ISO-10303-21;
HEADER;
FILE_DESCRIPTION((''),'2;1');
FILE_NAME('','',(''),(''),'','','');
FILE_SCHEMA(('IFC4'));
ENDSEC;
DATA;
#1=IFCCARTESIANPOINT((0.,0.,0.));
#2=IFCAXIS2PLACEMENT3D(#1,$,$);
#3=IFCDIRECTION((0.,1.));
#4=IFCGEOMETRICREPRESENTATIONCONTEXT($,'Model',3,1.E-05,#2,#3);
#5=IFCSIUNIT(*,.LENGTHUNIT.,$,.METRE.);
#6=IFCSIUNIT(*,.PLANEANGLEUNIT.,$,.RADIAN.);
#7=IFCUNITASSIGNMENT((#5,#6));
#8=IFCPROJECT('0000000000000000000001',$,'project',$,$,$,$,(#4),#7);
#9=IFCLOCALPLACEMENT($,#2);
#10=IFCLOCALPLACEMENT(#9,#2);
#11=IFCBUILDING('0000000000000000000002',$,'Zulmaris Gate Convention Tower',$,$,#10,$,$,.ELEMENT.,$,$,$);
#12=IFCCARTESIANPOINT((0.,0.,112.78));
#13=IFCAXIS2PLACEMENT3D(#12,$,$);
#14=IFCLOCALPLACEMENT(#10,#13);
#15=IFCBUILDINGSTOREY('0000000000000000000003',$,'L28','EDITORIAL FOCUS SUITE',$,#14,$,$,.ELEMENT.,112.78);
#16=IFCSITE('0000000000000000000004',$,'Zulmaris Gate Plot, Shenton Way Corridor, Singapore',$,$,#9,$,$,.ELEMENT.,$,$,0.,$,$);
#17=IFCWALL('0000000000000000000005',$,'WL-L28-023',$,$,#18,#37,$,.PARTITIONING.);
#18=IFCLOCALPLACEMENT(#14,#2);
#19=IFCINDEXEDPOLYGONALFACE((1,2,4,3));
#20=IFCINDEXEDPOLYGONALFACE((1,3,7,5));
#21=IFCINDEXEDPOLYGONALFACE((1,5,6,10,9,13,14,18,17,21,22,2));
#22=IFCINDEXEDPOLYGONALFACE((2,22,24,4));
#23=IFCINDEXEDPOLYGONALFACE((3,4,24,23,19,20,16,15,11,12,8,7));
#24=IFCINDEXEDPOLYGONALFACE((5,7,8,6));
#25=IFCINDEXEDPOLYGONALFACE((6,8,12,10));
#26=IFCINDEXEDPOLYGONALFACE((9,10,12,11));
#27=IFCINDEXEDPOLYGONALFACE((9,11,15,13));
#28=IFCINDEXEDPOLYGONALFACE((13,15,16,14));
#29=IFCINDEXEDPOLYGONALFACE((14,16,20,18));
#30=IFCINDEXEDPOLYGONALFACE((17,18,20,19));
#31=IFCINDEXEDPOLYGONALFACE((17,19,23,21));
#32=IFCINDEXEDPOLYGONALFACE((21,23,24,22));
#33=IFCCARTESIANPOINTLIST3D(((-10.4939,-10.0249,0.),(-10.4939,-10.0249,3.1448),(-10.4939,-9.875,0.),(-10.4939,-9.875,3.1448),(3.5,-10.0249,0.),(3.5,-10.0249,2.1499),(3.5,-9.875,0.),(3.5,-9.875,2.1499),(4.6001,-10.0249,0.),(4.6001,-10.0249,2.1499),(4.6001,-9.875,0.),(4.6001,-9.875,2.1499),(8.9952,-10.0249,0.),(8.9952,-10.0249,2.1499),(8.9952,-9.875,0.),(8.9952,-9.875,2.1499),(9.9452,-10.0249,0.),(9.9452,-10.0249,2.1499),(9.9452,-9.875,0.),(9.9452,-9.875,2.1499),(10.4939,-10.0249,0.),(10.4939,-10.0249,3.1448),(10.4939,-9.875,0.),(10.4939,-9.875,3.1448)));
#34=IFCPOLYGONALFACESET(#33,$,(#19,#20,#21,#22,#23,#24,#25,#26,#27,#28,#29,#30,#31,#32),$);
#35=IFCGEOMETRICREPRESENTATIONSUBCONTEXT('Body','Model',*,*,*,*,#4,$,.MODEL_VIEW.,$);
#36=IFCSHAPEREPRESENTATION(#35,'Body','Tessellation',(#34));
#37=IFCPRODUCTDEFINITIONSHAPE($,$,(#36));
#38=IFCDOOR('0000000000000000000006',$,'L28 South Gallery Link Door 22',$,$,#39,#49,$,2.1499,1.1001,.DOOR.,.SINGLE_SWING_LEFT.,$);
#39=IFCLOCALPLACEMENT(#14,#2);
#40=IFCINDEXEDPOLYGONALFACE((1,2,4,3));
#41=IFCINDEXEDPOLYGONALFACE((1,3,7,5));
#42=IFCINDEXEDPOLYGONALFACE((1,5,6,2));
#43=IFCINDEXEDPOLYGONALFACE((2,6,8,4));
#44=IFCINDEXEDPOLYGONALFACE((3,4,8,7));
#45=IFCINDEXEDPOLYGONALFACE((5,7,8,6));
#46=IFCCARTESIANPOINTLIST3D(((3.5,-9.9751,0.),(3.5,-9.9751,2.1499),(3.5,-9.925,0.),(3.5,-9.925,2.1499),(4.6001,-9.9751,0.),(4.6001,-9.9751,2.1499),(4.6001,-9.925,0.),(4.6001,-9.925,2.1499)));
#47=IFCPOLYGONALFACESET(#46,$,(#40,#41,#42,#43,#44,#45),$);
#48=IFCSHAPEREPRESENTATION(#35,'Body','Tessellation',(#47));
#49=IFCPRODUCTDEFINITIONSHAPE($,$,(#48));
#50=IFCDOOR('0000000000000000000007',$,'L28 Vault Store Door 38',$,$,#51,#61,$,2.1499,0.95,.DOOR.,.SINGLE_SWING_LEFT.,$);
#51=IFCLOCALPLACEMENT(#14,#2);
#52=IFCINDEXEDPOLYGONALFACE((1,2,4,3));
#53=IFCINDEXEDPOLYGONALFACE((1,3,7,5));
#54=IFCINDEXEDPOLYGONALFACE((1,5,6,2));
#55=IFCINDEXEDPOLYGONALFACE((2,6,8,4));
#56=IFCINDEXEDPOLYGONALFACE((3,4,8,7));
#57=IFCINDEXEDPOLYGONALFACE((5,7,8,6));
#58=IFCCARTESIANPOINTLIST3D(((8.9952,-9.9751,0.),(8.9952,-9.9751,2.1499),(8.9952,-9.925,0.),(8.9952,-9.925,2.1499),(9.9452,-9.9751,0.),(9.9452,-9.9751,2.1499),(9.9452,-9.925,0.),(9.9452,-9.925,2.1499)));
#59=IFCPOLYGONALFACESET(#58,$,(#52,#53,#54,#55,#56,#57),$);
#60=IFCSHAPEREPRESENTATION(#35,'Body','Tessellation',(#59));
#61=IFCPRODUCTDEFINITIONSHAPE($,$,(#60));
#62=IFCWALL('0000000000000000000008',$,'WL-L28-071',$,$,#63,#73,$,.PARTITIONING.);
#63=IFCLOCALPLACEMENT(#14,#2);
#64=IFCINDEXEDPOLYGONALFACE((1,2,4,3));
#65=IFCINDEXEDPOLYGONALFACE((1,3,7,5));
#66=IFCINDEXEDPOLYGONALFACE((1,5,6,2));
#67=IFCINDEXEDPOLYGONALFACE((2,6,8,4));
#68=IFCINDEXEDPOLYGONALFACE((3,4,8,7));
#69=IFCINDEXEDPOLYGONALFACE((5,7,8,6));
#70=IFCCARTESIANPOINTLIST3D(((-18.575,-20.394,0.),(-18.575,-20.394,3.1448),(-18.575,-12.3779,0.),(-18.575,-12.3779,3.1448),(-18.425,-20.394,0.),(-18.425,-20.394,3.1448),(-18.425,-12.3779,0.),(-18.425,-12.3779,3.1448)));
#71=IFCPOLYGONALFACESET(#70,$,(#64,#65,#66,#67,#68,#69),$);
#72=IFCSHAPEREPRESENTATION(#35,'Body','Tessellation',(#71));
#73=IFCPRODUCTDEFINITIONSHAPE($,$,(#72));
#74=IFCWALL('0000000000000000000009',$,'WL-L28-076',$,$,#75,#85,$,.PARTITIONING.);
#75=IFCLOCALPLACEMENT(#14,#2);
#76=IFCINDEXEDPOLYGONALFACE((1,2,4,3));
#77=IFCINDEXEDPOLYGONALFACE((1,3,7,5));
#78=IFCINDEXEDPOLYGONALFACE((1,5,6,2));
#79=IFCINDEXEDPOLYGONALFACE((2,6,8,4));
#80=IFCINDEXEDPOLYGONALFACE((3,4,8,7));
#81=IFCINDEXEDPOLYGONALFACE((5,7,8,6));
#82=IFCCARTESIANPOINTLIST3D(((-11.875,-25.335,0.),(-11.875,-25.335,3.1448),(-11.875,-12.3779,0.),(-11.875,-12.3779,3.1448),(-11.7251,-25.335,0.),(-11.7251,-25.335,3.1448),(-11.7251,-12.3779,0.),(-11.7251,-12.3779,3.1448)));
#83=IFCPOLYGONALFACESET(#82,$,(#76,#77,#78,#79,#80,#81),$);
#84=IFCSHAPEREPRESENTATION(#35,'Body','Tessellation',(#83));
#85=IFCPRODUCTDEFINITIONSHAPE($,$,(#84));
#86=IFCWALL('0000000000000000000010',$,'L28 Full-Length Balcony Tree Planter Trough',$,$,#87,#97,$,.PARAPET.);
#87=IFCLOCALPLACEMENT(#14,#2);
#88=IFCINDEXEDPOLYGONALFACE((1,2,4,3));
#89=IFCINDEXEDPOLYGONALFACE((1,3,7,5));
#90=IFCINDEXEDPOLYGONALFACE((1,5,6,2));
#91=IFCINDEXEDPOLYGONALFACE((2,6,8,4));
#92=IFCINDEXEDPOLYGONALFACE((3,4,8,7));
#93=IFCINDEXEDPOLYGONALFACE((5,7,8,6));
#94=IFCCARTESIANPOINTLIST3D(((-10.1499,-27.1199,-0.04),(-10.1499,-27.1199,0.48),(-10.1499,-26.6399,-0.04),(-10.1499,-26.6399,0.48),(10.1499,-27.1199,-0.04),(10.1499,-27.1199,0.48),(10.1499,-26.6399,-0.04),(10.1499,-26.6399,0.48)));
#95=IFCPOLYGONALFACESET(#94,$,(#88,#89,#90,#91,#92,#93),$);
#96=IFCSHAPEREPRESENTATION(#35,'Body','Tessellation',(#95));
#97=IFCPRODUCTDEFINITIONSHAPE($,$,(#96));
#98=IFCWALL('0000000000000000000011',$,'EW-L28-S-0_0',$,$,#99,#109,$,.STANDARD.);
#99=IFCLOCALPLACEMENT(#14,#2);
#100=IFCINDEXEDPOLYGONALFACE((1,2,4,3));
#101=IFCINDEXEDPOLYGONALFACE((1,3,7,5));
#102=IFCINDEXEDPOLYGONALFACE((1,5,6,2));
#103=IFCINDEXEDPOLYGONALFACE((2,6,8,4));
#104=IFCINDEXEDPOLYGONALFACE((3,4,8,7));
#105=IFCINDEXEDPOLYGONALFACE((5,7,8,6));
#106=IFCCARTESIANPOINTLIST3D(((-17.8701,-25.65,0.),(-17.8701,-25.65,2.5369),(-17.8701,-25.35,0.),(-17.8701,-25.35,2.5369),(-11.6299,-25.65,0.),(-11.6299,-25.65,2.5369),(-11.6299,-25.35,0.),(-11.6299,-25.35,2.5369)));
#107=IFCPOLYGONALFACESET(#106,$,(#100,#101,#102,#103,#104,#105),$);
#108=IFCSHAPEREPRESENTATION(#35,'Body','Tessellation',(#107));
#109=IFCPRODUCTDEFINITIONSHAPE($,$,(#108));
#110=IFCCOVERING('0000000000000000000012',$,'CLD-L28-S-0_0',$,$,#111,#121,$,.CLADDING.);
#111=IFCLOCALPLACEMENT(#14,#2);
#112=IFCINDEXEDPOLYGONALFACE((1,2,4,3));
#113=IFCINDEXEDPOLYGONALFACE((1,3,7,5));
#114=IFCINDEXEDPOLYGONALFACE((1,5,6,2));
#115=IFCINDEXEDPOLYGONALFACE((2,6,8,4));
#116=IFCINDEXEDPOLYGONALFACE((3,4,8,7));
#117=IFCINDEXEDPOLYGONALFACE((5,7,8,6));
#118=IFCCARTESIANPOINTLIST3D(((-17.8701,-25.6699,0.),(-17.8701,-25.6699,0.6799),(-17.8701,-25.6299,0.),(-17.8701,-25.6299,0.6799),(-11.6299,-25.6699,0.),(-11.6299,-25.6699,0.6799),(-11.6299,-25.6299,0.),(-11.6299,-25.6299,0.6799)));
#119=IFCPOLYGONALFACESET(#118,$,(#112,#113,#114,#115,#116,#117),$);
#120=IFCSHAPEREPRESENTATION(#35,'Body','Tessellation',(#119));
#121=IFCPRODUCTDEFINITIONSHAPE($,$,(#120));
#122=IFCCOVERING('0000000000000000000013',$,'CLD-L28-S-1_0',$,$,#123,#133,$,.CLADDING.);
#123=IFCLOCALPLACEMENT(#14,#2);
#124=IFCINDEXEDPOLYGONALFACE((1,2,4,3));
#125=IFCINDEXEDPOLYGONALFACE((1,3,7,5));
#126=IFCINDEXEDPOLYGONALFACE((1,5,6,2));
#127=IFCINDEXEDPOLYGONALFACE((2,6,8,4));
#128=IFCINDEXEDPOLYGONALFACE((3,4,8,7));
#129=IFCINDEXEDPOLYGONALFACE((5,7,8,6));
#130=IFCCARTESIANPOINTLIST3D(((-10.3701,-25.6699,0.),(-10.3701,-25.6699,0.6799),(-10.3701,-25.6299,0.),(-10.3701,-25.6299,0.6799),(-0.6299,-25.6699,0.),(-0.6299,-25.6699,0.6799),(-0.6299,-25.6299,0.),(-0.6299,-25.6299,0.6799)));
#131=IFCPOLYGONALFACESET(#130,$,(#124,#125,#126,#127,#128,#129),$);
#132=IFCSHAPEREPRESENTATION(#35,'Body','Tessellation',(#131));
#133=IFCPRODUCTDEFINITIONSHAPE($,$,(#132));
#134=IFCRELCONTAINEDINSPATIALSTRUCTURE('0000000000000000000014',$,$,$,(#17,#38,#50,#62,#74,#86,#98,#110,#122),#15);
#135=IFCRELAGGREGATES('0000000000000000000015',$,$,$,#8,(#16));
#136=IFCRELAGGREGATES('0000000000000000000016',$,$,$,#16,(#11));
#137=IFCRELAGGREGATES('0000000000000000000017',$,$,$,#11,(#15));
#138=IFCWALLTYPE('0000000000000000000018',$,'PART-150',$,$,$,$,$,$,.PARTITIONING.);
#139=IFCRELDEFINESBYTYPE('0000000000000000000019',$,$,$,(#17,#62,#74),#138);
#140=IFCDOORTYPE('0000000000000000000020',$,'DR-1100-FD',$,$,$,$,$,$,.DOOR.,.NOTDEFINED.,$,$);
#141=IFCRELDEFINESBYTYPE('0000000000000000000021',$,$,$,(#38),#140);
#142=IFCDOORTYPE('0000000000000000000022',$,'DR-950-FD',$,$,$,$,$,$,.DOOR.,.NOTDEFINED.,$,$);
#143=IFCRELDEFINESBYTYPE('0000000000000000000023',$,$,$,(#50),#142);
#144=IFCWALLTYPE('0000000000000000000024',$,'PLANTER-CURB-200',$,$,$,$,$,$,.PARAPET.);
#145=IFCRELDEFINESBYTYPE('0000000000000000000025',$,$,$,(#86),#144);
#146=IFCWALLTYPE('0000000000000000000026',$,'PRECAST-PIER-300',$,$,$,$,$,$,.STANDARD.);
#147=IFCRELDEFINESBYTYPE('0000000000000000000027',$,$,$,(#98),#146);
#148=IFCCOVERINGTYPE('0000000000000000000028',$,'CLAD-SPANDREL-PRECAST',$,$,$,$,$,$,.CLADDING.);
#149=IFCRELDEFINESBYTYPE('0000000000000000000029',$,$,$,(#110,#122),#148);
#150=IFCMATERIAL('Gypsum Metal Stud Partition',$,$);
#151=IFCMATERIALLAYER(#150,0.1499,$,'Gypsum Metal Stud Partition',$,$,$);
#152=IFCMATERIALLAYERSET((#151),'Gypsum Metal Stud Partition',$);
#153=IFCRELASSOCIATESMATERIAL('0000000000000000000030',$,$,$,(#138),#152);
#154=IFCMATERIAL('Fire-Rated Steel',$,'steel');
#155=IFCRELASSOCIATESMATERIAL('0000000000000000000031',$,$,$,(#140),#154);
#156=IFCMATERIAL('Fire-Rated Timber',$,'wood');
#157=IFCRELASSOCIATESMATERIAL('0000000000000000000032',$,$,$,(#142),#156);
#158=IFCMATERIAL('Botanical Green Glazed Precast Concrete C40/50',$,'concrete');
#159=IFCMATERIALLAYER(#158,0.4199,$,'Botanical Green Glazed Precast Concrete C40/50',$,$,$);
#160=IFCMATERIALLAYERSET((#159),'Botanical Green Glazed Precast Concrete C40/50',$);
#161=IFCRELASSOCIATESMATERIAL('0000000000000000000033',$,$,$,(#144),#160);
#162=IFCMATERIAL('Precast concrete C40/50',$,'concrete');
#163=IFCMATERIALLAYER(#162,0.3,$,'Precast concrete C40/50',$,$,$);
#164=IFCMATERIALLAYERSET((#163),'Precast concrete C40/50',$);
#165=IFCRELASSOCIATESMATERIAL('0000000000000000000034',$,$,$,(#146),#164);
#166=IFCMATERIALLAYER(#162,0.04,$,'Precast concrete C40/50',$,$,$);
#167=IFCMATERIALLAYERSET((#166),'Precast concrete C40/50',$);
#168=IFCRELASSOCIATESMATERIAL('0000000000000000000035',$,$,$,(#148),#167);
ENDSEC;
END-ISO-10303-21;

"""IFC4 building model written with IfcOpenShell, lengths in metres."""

from ifc_helpers import new_model, si_unit, direction, frame, frame_2d, origin, place, context, subcontext, project, spatial, rectangle, extrude, material, layer, layer_set, type_object, element, fill, save


model = new_model("IFC4")

# Units and contexts
model_context = context("Model", 3, precision=1e-05, world=origin(), true_north=direction((0.0, 1.0)))
body_context = subcontext(model_context, "Body", "Model", "MODEL_VIEW")
ifc_project = project(units=[si_unit("LENGTHUNIT", "METRE"), si_unit("PLANEANGLEUNIT", "RADIAN")], contexts=[model_context])

# Site, building, storey
site_placement = place(None, origin())
site = spatial("IfcSite", under=ifc_project, at=site_placement, Name="Zulmaris Gate Plot, Shenton Way Corridor, Singapore", CompositionType="ELEMENT", RefElevation=0.0)
building_placement = place(site_placement, origin())
building = spatial("IfcBuilding", under=site, at=building_placement, Name="Zulmaris Gate Convention Tower", CompositionType="ELEMENT")
storey_placement = place(building_placement, frame((0.0, 0.0, 112.78)))
storey = spatial("IfcBuildingStorey", under=building, at=storey_placement, Name="L28", Description="EDITORIAL FOCUS SUITE", CompositionType="ELEMENT", Elevation=112.78)

# Wall, openings, doors
ifc_material_1 = material(Name="Gypsum Metal Stud Partition")
ifc_layer_1 = layer(ifc_material_1, 0.1499, Name="Gypsum Metal Stud Partition")
ifc_layer_set_1 = layer_set([ifc_layer_1], Name="Gypsum Metal Stud Partition")
wall_type_1 = type_object("IfcWallType", Name="PART-150", PredefinedType="PARTITIONING", material=ifc_layer_set_1)
wall_1_placement = place(storey_placement, frame((-10.4939, -9.95, 0.0), z_axis=(0.0, 0.0, 1.0), x_axis=(1.0, 0.0, 0.0)))
wall_1 = element("IfcWall", 1, at=wall_1_placement, inside=storey, type_object=wall_type_1, Name="WL-L28-023", PredefinedType="PARTITIONING", context=body_context, shape_type="SweptSolid", body=[
    extrude(rectangle(XDim=20.9878, YDim=0.1499, at=frame_2d((10.4939, 0.0))), origin(), (0.0, 0.0, 1.0), 3.1448),
])
opening_1_placement = place(wall_1_placement, frame((13.9939, 0.0, 0.0)))
opening_1 = element("IfcOpeningElement", 2, at=opening_1_placement, cuts=wall_1, PredefinedType="OPENING", context=body_context, shape_type="SweptSolid", body=[
    extrude(rectangle(XDim=1.1001, YDim=2.1499, at=frame_2d((0.55, 1.075))), frame((0.0, 0.085, 0.0), z_axis=(0.0, -1.0, 0.0), x_axis=(1.0, 0.0, 0.0)), (0.0, 0.0, 1.0), 0.1699),
])
opening_2_placement = place(wall_1_placement, frame((19.489, 0.0, 0.0)))
opening_2 = element("IfcOpeningElement", 3, at=opening_2_placement, cuts=wall_1, PredefinedType="OPENING", context=body_context, shape_type="SweptSolid", body=[
    extrude(rectangle(XDim=0.95, YDim=2.1499, at=frame_2d((0.4751, 1.075))), frame((0.0, 0.085, 0.0), z_axis=(0.0, -1.0, 0.0), x_axis=(1.0, 0.0, 0.0)), (0.0, 0.0, 1.0), 0.1699),
])
ifc_material_2 = material(Name="Fire-Rated Steel", Category="steel")
door_type_1 = type_object("IfcDoorType", Name="DR-1100-FD", OperationType="NOTDEFINED", PredefinedType="DOOR", material=ifc_material_2)
door_1_placement = place(opening_1_placement, origin())
door_1 = element("IfcDoor", 4, at=door_1_placement, inside=storey, type_object=door_type_1, Name="L28 South Gallery Link Door 22", OperationType="SINGLE_SWING_LEFT", OverallHeight=2.1499, OverallWidth=1.1001, PredefinedType="DOOR", context=body_context, shape_type="SweptSolid", body=[
    extrude(rectangle(XDim=1.1001, YDim=2.1499, at=frame_2d((0.55, 1.075))), frame((0.0, 0.0249, 0.0), z_axis=(0.0, -1.0, 0.0), x_axis=(1.0, 0.0, 0.0)), (0.0, 0.0, 1.0), 0.05),
])
fill(opening_1, door_1)
ifc_material_3 = material(Name="Fire-Rated Timber", Category="wood")
door_type_2 = type_object("IfcDoorType", Name="DR-950-FD", OperationType="NOTDEFINED", PredefinedType="DOOR", material=ifc_material_3)
door_2_placement = place(opening_2_placement, origin())
door_2 = element("IfcDoor", 5, at=door_2_placement, inside=storey, type_object=door_type_2, Name="L28 Vault Store Door 38", OperationType="SINGLE_SWING_LEFT", OverallHeight=2.1499, OverallWidth=0.95, PredefinedType="DOOR", context=body_context, shape_type="SweptSolid", body=[
    extrude(rectangle(XDim=0.95, YDim=2.1499, at=frame_2d((0.4751, 1.075))), frame((0.0, 0.0249, 0.0), z_axis=(0.0, -1.0, 0.0), x_axis=(1.0, 0.0, 0.0)), (0.0, 0.0, 1.0), 0.05),
])
fill(opening_2, door_2)

# Walls
wall_2_placement = place(storey_placement, frame((-18.5, -20.394, 0.0), z_axis=(0.0, 0.0, 1.0), x_axis=(0.0, 1.0, 0.0)))
element("IfcWall", 6, at=wall_2_placement, inside=storey, type_object=wall_type_1, Name="WL-L28-071", PredefinedType="PARTITIONING", context=body_context, shape_type="SweptSolid", body=[
    extrude(rectangle(XDim=8.0161, YDim=0.1499, at=frame_2d((4.0081, 0.0))), origin(), (0.0, 0.0, 1.0), 3.1448),
])
wall_3_placement = place(storey_placement, frame((-11.8, -25.335, 0.0), z_axis=(0.0, 0.0, 1.0), x_axis=(0.0, 1.0, 0.0)))
element("IfcWall", 7, at=wall_3_placement, inside=storey, type_object=wall_type_1, Name="WL-L28-076", PredefinedType="PARTITIONING", context=body_context, shape_type="SweptSolid", body=[
    extrude(rectangle(XDim=12.957, YDim=0.1499, at=frame_2d((6.4785, 0.0))), origin(), (0.0, 0.0, 1.0), 3.1448),
])
ifc_material_4 = material(Name="Botanical Green Glazed Precast Concrete C40/50", Category="concrete")
ifc_layer_2 = layer(ifc_material_4, 0.4199, Name="Botanical Green Glazed Precast Concrete C40/50")
ifc_layer_set_2 = layer_set([ifc_layer_2], Name="Botanical Green Glazed Precast Concrete C40/50")
wall_type_2 = type_object("IfcWallType", Name="PLANTER-CURB-200", PredefinedType="PARAPET", material=ifc_layer_set_2)
wall_4_placement = place(storey_placement, frame((-10.1499, -26.8799, -0.04), z_axis=(0.0, 0.0, 1.0), x_axis=(1.0, 0.0, 0.0)))
element("IfcWall", 8, at=wall_4_placement, inside=storey, type_object=wall_type_2, Name="L28 Full-Length Balcony Tree Planter Trough", PredefinedType="PARAPET", context=body_context, shape_type="SweptSolid", body=[
    extrude(rectangle(XDim=20.2998, YDim=0.48, at=frame_2d((10.1499, 0.0))), origin(), (0.0, 0.0, 1.0), 0.52),
])
ifc_material_5 = material(Name="Precast concrete C40/50", Category="concrete")
ifc_layer_3 = layer(ifc_material_5, 0.3, Name="Precast concrete C40/50")
ifc_layer_set_3 = layer_set([ifc_layer_3], Name="Precast concrete C40/50")
wall_type_3 = type_object("IfcWallType", Name="PRECAST-PIER-300", PredefinedType="STANDARD", material=ifc_layer_set_3)
wall_5_placement = place(storey_placement, frame((-17.8701, -25.5, 0.0), z_axis=(0.0, 0.0, 1.0), x_axis=(1.0, 0.0, 0.0)))
element("IfcWall", 9, at=wall_5_placement, inside=storey, type_object=wall_type_3, Name="EW-L28-S-0_0", PredefinedType="STANDARD", context=body_context, shape_type="SweptSolid", body=[
    extrude(rectangle(XDim=6.2402, YDim=0.3, at=frame_2d((3.1201, 0.0))), origin(), (0.0, 0.0, 1.0), 2.5369),
])

# Coverings
ifc_layer_4 = layer(ifc_material_5, 0.04, Name="Precast concrete C40/50")
ifc_layer_set_4 = layer_set([ifc_layer_4], Name="Precast concrete C40/50")
covering_type = type_object("IfcCoveringType", Name="CLAD-SPANDREL-PRECAST", PredefinedType="CLADDING", material=ifc_layer_set_4)
covering_1_placement = place(storey_placement, frame((-17.8701, -25.6499, 0.0), z_axis=(0.0, 0.0, 1.0), x_axis=(1.0, 0.0, 0.0)))
element("IfcCovering", 10, at=covering_1_placement, inside=storey, type_object=covering_type, Name="CLD-L28-S-0_0", PredefinedType="CLADDING", context=body_context, shape_type="SweptSolid", body=[
    extrude(rectangle(XDim=6.2402, YDim=0.04, at=frame_2d((3.1201, 0.0))), origin(), (0.0, 0.0, 1.0), 0.6799),
])
covering_2_placement = place(storey_placement, frame((-10.3701, -25.6499, 0.0), z_axis=(0.0, 0.0, 1.0), x_axis=(1.0, 0.0, 0.0)))
element("IfcCovering", 11, at=covering_2_placement, inside=storey, type_object=covering_type, Name="CLD-L28-S-1_0", PredefinedType="CLADDING", context=body_context, shape_type="SweptSolid", body=[
    extrude(rectangle(XDim=9.7402, YDim=0.04, at=frame_2d((4.8701, 0.0))), origin(), (0.0, 0.0, 1.0), 0.6799),
])

save(model, "model.ifc")
